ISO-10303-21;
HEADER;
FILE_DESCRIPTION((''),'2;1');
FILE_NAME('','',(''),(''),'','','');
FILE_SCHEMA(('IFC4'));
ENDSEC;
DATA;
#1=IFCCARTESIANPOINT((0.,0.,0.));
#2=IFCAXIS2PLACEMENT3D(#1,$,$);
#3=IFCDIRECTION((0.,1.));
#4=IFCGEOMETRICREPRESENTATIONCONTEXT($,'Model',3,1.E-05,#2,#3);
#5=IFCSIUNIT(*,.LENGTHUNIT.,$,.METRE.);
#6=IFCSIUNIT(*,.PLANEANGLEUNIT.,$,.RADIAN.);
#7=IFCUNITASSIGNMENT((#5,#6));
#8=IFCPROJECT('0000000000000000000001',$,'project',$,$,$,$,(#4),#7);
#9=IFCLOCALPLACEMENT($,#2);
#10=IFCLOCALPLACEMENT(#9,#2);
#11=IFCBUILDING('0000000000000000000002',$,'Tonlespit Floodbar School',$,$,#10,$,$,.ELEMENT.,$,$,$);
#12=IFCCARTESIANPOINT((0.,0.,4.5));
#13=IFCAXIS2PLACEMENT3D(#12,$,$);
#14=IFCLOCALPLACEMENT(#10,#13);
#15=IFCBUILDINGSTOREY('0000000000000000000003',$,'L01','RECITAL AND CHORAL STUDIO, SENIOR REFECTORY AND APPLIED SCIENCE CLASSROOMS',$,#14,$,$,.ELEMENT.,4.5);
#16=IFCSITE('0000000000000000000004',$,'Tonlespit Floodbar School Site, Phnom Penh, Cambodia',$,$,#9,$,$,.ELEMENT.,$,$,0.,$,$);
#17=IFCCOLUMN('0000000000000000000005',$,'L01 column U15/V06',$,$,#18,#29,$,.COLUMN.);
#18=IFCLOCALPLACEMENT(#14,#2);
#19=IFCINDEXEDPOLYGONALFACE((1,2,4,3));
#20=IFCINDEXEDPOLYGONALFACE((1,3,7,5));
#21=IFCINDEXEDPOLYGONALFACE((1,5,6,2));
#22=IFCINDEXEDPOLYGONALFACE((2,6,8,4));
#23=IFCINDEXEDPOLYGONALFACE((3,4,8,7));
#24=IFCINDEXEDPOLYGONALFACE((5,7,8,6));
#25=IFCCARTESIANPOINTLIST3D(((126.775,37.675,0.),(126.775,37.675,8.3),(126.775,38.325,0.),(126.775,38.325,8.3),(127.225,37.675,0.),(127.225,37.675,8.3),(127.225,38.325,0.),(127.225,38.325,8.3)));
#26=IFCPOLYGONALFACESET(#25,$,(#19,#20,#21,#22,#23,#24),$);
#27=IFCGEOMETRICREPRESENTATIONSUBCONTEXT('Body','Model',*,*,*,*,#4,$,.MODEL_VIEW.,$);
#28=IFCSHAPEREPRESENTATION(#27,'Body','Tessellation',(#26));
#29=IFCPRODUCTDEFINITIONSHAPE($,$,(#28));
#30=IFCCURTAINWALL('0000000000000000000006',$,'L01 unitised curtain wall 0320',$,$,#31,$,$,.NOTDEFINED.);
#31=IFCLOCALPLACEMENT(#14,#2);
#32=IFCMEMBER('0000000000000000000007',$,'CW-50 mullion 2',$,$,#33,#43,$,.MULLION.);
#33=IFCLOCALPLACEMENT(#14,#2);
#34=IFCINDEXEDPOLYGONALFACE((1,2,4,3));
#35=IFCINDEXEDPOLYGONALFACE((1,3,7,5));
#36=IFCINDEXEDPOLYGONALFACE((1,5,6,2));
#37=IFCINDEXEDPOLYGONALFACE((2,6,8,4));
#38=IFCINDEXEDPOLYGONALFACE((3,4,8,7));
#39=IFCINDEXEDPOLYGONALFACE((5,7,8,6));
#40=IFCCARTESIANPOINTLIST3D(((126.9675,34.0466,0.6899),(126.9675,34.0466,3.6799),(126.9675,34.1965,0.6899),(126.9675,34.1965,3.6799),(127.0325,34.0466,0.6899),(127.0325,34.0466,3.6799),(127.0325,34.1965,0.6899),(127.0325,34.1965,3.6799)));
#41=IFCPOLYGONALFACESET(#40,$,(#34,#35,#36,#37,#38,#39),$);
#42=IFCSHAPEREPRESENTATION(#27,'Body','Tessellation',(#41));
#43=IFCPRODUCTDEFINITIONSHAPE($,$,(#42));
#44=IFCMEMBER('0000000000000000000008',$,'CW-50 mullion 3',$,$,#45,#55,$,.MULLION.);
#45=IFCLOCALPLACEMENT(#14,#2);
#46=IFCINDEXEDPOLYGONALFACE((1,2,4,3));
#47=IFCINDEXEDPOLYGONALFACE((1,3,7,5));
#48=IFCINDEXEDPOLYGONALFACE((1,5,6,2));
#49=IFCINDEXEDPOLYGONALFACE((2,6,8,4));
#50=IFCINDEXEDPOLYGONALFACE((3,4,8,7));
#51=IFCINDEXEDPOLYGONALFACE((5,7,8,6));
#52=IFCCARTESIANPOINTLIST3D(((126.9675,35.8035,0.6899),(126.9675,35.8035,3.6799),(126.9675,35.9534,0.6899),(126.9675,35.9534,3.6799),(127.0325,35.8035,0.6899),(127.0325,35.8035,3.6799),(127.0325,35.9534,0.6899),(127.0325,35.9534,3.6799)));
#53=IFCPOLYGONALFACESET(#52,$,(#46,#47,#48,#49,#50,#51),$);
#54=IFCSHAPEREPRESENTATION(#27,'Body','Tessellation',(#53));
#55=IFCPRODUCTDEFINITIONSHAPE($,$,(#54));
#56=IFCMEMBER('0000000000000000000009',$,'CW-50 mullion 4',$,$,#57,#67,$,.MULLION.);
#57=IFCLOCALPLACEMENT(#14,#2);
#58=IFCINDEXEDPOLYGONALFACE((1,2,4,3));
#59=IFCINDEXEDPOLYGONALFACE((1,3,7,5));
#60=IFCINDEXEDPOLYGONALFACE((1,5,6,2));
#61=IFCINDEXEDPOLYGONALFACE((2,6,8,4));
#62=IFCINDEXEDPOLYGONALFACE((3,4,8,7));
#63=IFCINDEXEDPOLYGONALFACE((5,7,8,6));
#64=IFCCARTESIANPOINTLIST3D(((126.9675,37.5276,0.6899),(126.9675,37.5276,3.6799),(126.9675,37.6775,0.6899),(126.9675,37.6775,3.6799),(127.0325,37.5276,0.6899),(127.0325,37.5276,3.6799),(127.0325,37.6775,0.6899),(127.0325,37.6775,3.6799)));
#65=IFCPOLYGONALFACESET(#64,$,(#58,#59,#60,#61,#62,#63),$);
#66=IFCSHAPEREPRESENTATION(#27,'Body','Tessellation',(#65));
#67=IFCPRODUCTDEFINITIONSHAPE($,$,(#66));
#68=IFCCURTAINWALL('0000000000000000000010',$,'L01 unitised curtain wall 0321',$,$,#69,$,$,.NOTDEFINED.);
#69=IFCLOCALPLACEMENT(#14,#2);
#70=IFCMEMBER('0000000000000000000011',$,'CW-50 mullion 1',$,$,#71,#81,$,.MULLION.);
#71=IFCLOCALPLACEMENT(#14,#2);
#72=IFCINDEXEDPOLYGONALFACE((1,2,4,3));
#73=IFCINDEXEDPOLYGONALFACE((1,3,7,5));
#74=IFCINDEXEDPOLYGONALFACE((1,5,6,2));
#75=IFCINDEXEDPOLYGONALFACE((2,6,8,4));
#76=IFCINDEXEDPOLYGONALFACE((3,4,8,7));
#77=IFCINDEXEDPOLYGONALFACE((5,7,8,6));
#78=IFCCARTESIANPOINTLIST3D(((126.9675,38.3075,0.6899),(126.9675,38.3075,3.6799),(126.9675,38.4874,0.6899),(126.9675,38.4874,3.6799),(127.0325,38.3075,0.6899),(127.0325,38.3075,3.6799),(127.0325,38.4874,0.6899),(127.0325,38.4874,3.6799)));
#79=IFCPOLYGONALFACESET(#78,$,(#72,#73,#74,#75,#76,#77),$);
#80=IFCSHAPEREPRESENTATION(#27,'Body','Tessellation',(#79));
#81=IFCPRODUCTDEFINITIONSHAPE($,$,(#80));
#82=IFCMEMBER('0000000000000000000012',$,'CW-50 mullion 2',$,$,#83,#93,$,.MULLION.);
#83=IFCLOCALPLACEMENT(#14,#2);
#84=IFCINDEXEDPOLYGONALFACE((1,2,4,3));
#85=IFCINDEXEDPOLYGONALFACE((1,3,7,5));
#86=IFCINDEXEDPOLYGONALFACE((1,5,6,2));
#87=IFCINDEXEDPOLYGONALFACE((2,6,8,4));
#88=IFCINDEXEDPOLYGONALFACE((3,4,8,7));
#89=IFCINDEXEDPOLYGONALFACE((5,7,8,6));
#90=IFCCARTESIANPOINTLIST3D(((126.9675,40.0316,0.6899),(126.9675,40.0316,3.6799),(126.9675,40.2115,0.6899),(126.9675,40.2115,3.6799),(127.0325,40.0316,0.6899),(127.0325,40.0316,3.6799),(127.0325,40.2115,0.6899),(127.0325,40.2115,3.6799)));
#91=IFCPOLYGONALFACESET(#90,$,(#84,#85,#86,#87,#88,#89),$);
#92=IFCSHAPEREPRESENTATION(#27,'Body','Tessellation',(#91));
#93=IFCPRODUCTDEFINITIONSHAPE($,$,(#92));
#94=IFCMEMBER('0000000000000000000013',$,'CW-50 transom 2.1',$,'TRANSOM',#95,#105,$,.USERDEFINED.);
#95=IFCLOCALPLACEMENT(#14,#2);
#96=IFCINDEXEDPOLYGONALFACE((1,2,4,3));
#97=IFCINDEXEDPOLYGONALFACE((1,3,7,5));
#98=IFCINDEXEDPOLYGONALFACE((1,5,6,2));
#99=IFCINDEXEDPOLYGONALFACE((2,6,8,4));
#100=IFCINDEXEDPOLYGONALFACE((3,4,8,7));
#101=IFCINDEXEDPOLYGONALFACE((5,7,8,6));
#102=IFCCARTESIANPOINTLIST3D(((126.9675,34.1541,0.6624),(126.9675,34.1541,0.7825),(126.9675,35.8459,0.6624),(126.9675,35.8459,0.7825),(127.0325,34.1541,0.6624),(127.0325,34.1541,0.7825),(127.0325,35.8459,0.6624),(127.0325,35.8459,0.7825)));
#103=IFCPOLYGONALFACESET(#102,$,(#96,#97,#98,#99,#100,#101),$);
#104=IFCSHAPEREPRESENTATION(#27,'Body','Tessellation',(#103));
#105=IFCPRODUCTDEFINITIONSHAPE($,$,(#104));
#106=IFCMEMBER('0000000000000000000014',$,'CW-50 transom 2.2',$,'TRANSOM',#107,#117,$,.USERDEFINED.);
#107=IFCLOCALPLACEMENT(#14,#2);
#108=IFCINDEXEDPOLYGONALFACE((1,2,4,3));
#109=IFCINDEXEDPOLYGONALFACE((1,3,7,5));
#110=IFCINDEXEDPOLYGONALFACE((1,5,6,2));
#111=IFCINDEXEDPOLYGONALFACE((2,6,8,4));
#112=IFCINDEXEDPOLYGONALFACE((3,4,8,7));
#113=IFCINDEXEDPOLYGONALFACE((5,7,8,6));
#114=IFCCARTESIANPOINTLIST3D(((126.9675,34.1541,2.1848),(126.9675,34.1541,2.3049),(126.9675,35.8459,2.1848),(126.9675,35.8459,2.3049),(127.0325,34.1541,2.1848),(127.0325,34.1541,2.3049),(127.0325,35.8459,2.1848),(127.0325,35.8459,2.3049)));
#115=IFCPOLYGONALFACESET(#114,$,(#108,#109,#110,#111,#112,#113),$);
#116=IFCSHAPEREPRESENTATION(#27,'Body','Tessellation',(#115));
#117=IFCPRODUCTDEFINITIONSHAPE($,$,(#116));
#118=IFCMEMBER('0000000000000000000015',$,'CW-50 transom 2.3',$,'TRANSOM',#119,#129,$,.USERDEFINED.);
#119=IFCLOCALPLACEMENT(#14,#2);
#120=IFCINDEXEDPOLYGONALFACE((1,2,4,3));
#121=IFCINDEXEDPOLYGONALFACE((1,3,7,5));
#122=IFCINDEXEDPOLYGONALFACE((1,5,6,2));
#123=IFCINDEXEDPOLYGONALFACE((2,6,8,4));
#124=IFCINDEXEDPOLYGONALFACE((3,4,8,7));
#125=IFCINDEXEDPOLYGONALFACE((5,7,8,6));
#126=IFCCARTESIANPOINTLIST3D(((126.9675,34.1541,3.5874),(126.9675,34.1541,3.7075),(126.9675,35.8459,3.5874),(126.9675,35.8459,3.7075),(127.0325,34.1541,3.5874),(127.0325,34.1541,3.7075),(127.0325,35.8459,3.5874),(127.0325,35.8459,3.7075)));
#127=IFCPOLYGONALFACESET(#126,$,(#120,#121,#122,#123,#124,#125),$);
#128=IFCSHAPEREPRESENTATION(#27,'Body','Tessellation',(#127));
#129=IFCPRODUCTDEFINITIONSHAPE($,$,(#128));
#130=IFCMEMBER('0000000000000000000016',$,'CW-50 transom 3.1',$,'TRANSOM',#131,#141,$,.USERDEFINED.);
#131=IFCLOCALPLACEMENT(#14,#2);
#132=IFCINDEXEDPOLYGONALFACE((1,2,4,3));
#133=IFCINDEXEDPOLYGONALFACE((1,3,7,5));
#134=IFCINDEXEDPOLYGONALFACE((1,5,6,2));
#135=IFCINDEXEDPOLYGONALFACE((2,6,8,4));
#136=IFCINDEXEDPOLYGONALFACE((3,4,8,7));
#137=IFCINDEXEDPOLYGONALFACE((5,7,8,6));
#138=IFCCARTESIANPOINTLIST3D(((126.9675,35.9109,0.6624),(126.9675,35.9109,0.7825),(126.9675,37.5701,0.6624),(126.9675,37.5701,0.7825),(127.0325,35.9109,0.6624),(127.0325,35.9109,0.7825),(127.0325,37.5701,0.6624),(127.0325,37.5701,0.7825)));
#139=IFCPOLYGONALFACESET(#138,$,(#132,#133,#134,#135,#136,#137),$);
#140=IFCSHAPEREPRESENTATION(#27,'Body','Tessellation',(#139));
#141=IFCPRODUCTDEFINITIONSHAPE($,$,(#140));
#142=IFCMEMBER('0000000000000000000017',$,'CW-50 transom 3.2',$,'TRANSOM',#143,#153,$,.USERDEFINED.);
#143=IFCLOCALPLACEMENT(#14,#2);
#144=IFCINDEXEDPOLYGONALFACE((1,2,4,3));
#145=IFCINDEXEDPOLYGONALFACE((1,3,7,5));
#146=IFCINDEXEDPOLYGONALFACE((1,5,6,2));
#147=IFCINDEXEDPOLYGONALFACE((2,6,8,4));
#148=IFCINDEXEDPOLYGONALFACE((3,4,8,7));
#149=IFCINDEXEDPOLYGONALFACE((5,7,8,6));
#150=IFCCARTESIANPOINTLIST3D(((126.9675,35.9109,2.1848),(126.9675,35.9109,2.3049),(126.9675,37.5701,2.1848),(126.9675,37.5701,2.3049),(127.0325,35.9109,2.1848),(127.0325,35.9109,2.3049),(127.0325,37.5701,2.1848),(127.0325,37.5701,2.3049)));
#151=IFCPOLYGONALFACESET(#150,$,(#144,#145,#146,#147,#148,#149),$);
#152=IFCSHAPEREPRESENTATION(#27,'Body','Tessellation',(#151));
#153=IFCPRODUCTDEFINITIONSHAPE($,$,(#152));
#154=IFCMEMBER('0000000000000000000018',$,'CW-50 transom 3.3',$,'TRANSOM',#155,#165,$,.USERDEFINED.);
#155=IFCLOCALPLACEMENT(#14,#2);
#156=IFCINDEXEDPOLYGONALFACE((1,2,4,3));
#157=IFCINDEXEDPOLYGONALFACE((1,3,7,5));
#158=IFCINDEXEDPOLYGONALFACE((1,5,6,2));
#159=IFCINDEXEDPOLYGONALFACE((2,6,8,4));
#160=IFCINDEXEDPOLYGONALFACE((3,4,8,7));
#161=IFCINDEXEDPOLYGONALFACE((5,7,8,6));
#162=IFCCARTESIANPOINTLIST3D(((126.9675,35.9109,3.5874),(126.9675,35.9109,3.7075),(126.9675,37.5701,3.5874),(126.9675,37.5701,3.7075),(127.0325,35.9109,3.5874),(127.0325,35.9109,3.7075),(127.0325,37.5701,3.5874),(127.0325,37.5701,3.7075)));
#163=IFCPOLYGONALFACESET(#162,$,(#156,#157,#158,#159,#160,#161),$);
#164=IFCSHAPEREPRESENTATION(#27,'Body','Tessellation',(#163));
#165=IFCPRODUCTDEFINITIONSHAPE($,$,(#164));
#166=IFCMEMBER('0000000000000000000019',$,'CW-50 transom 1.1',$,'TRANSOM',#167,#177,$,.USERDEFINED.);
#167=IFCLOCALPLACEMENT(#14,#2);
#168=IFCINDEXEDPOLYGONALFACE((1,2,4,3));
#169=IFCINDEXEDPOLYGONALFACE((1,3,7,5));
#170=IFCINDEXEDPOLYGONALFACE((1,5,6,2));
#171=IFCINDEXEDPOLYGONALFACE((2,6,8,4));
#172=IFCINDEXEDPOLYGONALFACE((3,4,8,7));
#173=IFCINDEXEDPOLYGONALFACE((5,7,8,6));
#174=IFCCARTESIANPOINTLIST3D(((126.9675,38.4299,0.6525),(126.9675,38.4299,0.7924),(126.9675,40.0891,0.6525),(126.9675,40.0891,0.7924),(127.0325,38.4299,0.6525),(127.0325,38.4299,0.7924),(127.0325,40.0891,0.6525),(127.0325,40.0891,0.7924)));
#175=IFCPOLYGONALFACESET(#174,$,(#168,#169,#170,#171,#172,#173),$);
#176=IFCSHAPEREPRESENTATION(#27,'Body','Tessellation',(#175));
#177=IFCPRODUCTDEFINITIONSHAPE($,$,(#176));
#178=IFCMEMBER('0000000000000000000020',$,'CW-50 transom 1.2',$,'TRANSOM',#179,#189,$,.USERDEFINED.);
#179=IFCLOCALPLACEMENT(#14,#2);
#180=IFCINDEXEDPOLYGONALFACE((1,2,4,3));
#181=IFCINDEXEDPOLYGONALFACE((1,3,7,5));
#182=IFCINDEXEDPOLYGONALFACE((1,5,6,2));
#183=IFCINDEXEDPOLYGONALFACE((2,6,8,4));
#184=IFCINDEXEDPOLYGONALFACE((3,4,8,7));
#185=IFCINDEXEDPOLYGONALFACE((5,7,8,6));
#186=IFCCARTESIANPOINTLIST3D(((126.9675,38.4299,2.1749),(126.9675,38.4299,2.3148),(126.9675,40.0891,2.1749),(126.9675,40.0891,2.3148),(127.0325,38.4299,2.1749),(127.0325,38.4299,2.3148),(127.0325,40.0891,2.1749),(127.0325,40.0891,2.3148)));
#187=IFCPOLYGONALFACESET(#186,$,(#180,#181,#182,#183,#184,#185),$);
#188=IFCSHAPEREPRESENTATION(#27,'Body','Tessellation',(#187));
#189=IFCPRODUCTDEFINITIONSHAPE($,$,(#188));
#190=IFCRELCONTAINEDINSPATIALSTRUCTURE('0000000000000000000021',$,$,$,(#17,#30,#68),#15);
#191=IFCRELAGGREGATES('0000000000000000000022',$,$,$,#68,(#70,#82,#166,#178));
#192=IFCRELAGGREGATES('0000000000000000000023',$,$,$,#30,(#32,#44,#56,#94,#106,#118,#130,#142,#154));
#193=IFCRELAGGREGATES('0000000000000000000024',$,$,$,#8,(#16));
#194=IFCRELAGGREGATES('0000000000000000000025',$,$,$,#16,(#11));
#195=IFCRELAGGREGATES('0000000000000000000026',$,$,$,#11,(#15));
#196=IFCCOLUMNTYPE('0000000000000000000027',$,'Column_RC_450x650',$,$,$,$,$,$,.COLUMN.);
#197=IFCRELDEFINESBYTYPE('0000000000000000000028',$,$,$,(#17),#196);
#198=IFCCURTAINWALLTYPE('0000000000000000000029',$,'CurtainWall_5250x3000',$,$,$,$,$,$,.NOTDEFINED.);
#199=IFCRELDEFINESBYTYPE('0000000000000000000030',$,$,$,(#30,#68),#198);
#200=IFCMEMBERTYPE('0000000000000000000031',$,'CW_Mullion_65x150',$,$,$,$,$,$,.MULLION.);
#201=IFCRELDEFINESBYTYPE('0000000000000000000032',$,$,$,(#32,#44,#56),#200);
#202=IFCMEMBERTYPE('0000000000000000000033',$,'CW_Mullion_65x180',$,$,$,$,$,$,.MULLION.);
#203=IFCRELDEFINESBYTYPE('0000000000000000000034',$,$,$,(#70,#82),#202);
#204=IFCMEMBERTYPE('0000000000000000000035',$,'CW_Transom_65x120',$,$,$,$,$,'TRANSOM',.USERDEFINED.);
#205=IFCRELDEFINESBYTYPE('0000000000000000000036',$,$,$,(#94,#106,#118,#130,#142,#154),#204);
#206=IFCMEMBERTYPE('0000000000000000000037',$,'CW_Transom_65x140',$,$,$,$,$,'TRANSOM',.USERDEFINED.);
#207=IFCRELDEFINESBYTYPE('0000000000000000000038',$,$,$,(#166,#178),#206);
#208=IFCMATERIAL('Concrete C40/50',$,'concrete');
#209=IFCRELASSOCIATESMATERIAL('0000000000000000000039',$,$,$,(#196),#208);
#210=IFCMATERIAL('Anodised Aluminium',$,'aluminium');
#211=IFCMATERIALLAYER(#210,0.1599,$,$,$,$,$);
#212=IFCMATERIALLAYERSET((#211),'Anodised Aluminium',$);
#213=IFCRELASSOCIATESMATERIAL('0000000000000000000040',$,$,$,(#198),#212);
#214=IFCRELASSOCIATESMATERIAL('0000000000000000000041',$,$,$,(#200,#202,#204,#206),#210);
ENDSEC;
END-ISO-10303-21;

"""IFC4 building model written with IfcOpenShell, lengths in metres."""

from ifc_helpers import new_model, si_unit, direction, frame, origin, origin_2d, place, context, subcontext, project, spatial, rectangle, extrude, material, layer, layer_set, material_profile, profile_set, type_object, element, aggregate, save


model = new_model("IFC4")

# Units and contexts
model_context = context("Model", 3, precision=1e-05, world=origin(), true_north=direction((0.0, 1.0)))
body_context = subcontext(model_context, "Body", "Model", "MODEL_VIEW")
ifc_project = project(units=[si_unit("LENGTHUNIT", "METRE"), si_unit("PLANEANGLEUNIT", "RADIAN")], contexts=[model_context])

# Site, building, storey
site_placement = place(None, origin())
site = spatial("IfcSite", under=ifc_project, at=site_placement, Name="Tonlespit Floodbar School Site, Phnom Penh, Cambodia", CompositionType="ELEMENT", RefElevation=0.0)
building_placement = place(site_placement, origin())
building = spatial("IfcBuilding", under=site, at=building_placement, Name="Tonlespit Floodbar School", CompositionType="ELEMENT")
storey_placement = place(building_placement, frame((0.0, 0.0, 4.5)))
storey = spatial("IfcBuildingStorey", under=building, at=storey_placement, Name="L01", Description="RECITAL AND CHORAL STUDIO, SENIOR REFECTORY AND APPLIED SCIENCE CLASSROOMS", CompositionType="ELEMENT", Elevation=4.5)

# Column
ifc_material_1 = material(Name="Concrete C40/50", Category="concrete")
ifc_material_profile_1 = material_profile(ifc_material_1, rectangle(XDim=0.45, YDim=0.6499, at=origin_2d()), Name="RC 450x650")
ifc_profile_set_1 = profile_set([ifc_material_profile_1], Name="Concrete C40/50")
column_type = type_object("IfcColumnType", Name="Column_RC_450x650", PredefinedType="COLUMN", material=ifc_profile_set_1)
column_placement = place(storey_placement, frame((127.0, 38.0, 0.0), z_axis=(0.0, 0.0, 1.0), x_axis=(1.0, 0.0, 0.0)))
element("IfcColumn", 1, at=column_placement, inside=storey, type_object=column_type, Name="L01 column U15/V06", PredefinedType="COLUMN", context=body_context, shape_type="SweptSolid", body=[
    extrude(rectangle(XDim=0.45, YDim=0.6499, at=origin_2d()), origin(), (0.0, 0.0, 1.0), 8.3),
])

# Curtain walls, members
ifc_material_2 = material(Name="Anodised Aluminium", Category="aluminium")
ifc_layer_1 = layer(ifc_material_2, 0.1599)
ifc_layer_set_1 = layer_set([ifc_layer_1], Name="Anodised Aluminium")
curtain_wall_type = type_object("IfcCurtainWallType", Name="CurtainWall_5250x3000", PredefinedType="NOTDEFINED", material=ifc_layer_set_1)
curtain_wall_1_placement = place(storey_placement, origin())
curtain_wall_1 = element("IfcCurtainWall", 2, at=curtain_wall_1_placement, inside=storey, type_object=curtain_wall_type, Name="L01 unitised curtain wall 0320", PredefinedType="NOTDEFINED")
ifc_material_profile_2 = material_profile(ifc_material_2, rectangle(XDim=0.0649, YDim=0.1499, at=origin_2d()), Name="ALU M65x150")
ifc_profile_set_2 = profile_set([ifc_material_profile_2], Name="Anodised Aluminium")
member_type_1 = type_object("IfcMemberType", Name="CW_Mullion_65x150", PredefinedType="MULLION", material=ifc_profile_set_2)
member_1_placement = place(storey_placement, frame((127.0, 34.1216, 0.6899), z_axis=(0.0, 0.0, 1.0), x_axis=(-1.0, 0.0, 0.0)))
member_1 = element("IfcMember", 3, at=member_1_placement, type_object=member_type_1, Name="CW-50 mullion 2", PredefinedType="MULLION", context=body_context, shape_type="SweptSolid", body=[
    extrude(rectangle(XDim=0.0649, YDim=0.1499, at=origin_2d()), origin(), (0.0, 0.0, 1.0), 2.99),
])
member_2_placement = place(storey_placement, frame((127.0, 35.8784, 0.6899), z_axis=(0.0, 0.0, 1.0), x_axis=(-1.0, 0.0, 0.0)))
member_2 = element("IfcMember", 4, at=member_2_placement, type_object=member_type_1, Name="CW-50 mullion 3", PredefinedType="MULLION", context=body_context, shape_type="SweptSolid", body=[
    extrude(rectangle(XDim=0.0649, YDim=0.1499, at=origin_2d()), origin(), (0.0, 0.0, 1.0), 2.99),
])
member_3_placement = place(storey_placement, frame((127.0, 37.6025, 0.6899), z_axis=(0.0, 0.0, 1.0), x_axis=(-1.0, 0.0, 0.0)))
member_3 = element("IfcMember", 5, at=member_3_placement, type_object=member_type_1, Name="CW-50 mullion 4", PredefinedType="MULLION", context=body_context, shape_type="SweptSolid", body=[
    extrude(rectangle(XDim=0.0649, YDim=0.1499, at=origin_2d()), origin(), (0.0, 0.0, 1.0), 2.99),
])
curtain_wall_2_placement = place(storey_placement, origin())
curtain_wall_2 = element("IfcCurtainWall", 6, at=curtain_wall_2_placement, inside=storey, type_object=curtain_wall_type, Name="L01 unitised curtain wall 0321", PredefinedType="NOTDEFINED")
ifc_material_profile_3 = material_profile(ifc_material_2, rectangle(XDim=0.0649, YDim=0.1799, at=origin_2d()), Name="ALU M65x180")
ifc_profile_set_3 = profile_set([ifc_material_profile_3], Name="Anodised Aluminium")
member_type_2 = type_object("IfcMemberType", Name="CW_Mullion_65x180", PredefinedType="MULLION", material=ifc_profile_set_3)
member_4_placement = place(storey_placement, frame((127.0, 38.3975, 0.6899), z_axis=(0.0, 0.0, 1.0), x_axis=(-1.0, 0.0, 0.0)))
member_4 = element("IfcMember", 7, at=member_4_placement, type_object=member_type_2, Name="CW-50 mullion 1", PredefinedType="MULLION", context=body_context, shape_type="SweptSolid", body=[
    extrude(rectangle(XDim=0.0649, YDim=0.1799, at=origin_2d()), origin(), (0.0, 0.0, 1.0), 2.99),
])
member_5_placement = place(storey_placement, frame((127.0, 40.1216, 0.6899), z_axis=(0.0, 0.0, 1.0), x_axis=(-1.0, 0.0, 0.0)))
member_5 = element("IfcMember", 8, at=member_5_placement, type_object=member_type_2, Name="CW-50 mullion 2", PredefinedType="MULLION", context=body_context, shape_type="SweptSolid", body=[
    extrude(rectangle(XDim=0.0649, YDim=0.1799, at=origin_2d()), origin(), (0.0, 0.0, 1.0), 2.99),
])

# Members
ifc_material_profile_4 = material_profile(ifc_material_2, rectangle(XDim=0.0649, YDim=0.1201, at=origin_2d()), Name="ALU T65x120")
ifc_profile_set_4 = profile_set([ifc_material_profile_4], Name="Anodised Aluminium")
member_type_3 = type_object("IfcMemberType", Name="CW_Transom_65x120", ElementType="TRANSOM", PredefinedType="USERDEFINED", material=ifc_profile_set_4)
member_6_placement = place(storey_placement, frame((127.0, 34.1541, 0.7224), z_axis=(0.0, 1.0, 0.0), x_axis=(-1.0, 0.0, 0.0)))
member_6 = element("IfcMember", 9, at=member_6_placement, type_object=member_type_3, Name="CW-50 transom 2.1", ObjectType="TRANSOM", PredefinedType="USERDEFINED", context=body_context, shape_type="SweptSolid", body=[
    extrude(rectangle(XDim=0.0649, YDim=0.1201, at=origin_2d()), origin(), (0.0, 0.0, 1.0), 1.6919),
])
member_7_placement = place(storey_placement, frame((127.0, 34.1541, 2.2449), z_axis=(0.0, 1.0, 0.0), x_axis=(-1.0, 0.0, 0.0)))
member_7 = element("IfcMember", 10, at=member_7_placement, type_object=member_type_3, Name="CW-50 transom 2.2", ObjectType="TRANSOM", PredefinedType="USERDEFINED", context=body_context, shape_type="SweptSolid", body=[
    extrude(rectangle(XDim=0.0649, YDim=0.1201, at=origin_2d()), origin(), (0.0, 0.0, 1.0), 1.6919),
])
member_8_placement = place(storey_placement, frame((127.0, 34.1541, 3.6475), z_axis=(0.0, 1.0, 0.0), x_axis=(-1.0, 0.0, 0.0)))
member_8 = element("IfcMember", 11, at=member_8_placement, type_object=member_type_3, Name="CW-50 transom 2.3", ObjectType="TRANSOM", PredefinedType="USERDEFINED", context=body_context, shape_type="SweptSolid", body=[
    extrude(rectangle(XDim=0.0649, YDim=0.1201, at=origin_2d()), origin(), (0.0, 0.0, 1.0), 1.6919),
])
member_9_placement = place(storey_placement, frame((127.0, 35.9109, 0.7224), z_axis=(0.0, 1.0, 0.0), x_axis=(-1.0, 0.0, 0.0)))
member_9 = element("IfcMember", 12, at=member_9_placement, type_object=member_type_3, Name="CW-50 transom 3.1", ObjectType="TRANSOM", PredefinedType="USERDEFINED", context=body_context, shape_type="SweptSolid", body=[
    extrude(rectangle(XDim=0.0649, YDim=0.1201, at=origin_2d()), origin(), (0.0, 0.0, 1.0), 1.6592),
])
member_10_placement = place(storey_placement, frame((127.0, 35.9109, 2.2449), z_axis=(0.0, 1.0, 0.0), x_axis=(-1.0, 0.0, 0.0)))
member_10 = element("IfcMember", 13, at=member_10_placement, type_object=member_type_3, Name="CW-50 transom 3.2", ObjectType="TRANSOM", PredefinedType="USERDEFINED", context=body_context, shape_type="SweptSolid", body=[
    extrude(rectangle(XDim=0.0649, YDim=0.1201, at=origin_2d()), origin(), (0.0, 0.0, 1.0), 1.6592),
])
member_11_placement = place(storey_placement, frame((127.0, 35.9109, 3.6475), z_axis=(0.0, 1.0, 0.0), x_axis=(-1.0, 0.0, 0.0)))
member_11 = element("IfcMember", 14, at=member_11_placement, type_object=member_type_3, Name="CW-50 transom 3.3", ObjectType="TRANSOM", PredefinedType="USERDEFINED", context=body_context, shape_type="SweptSolid", body=[
    extrude(rectangle(XDim=0.0649, YDim=0.1201, at=origin_2d()), origin(), (0.0, 0.0, 1.0), 1.6592),
])
ifc_material_profile_5 = material_profile(ifc_material_2, rectangle(XDim=0.0649, YDim=0.1399, at=origin_2d()), Name="ALU T65x140")
ifc_profile_set_5 = profile_set([ifc_material_profile_5], Name="Anodised Aluminium")
member_type_4 = type_object("IfcMemberType", Name="CW_Transom_65x140", ElementType="TRANSOM", PredefinedType="USERDEFINED", material=ifc_profile_set_5)
member_12_placement = place(storey_placement, frame((127.0, 38.4299, 0.7224), z_axis=(0.0, 1.0, 0.0), x_axis=(-1.0, 0.0, 0.0)))
member_12 = element("IfcMember", 15, at=member_12_placement, type_object=member_type_4, Name="CW-50 transom 1.1", ObjectType="TRANSOM", PredefinedType="USERDEFINED", context=body_context, shape_type="SweptSolid", body=[
    extrude(rectangle(XDim=0.0649, YDim=0.1399, at=origin_2d()), origin(), (0.0, 0.0, 1.0), 1.6592),
])
member_13_placement = place(storey_placement, frame((127.0, 38.4299, 2.2449), z_axis=(0.0, 1.0, 0.0), x_axis=(-1.0, 0.0, 0.0)))
member_13 = element("IfcMember", 16, at=member_13_placement, type_object=member_type_4, Name="CW-50 transom 1.2", ObjectType="TRANSOM", PredefinedType="USERDEFINED", context=body_context, shape_type="SweptSolid", body=[
    extrude(rectangle(XDim=0.0649, YDim=0.1399, at=origin_2d()), origin(), (0.0, 0.0, 1.0), 1.6592),
])

aggregate(curtain_wall_2, [member_4, member_5, member_12, member_13])
aggregate(curtain_wall_1, [member_1, member_2, member_3, member_6, member_7, member_8, member_9, member_10, member_11])

save(model, "model.ifc")
